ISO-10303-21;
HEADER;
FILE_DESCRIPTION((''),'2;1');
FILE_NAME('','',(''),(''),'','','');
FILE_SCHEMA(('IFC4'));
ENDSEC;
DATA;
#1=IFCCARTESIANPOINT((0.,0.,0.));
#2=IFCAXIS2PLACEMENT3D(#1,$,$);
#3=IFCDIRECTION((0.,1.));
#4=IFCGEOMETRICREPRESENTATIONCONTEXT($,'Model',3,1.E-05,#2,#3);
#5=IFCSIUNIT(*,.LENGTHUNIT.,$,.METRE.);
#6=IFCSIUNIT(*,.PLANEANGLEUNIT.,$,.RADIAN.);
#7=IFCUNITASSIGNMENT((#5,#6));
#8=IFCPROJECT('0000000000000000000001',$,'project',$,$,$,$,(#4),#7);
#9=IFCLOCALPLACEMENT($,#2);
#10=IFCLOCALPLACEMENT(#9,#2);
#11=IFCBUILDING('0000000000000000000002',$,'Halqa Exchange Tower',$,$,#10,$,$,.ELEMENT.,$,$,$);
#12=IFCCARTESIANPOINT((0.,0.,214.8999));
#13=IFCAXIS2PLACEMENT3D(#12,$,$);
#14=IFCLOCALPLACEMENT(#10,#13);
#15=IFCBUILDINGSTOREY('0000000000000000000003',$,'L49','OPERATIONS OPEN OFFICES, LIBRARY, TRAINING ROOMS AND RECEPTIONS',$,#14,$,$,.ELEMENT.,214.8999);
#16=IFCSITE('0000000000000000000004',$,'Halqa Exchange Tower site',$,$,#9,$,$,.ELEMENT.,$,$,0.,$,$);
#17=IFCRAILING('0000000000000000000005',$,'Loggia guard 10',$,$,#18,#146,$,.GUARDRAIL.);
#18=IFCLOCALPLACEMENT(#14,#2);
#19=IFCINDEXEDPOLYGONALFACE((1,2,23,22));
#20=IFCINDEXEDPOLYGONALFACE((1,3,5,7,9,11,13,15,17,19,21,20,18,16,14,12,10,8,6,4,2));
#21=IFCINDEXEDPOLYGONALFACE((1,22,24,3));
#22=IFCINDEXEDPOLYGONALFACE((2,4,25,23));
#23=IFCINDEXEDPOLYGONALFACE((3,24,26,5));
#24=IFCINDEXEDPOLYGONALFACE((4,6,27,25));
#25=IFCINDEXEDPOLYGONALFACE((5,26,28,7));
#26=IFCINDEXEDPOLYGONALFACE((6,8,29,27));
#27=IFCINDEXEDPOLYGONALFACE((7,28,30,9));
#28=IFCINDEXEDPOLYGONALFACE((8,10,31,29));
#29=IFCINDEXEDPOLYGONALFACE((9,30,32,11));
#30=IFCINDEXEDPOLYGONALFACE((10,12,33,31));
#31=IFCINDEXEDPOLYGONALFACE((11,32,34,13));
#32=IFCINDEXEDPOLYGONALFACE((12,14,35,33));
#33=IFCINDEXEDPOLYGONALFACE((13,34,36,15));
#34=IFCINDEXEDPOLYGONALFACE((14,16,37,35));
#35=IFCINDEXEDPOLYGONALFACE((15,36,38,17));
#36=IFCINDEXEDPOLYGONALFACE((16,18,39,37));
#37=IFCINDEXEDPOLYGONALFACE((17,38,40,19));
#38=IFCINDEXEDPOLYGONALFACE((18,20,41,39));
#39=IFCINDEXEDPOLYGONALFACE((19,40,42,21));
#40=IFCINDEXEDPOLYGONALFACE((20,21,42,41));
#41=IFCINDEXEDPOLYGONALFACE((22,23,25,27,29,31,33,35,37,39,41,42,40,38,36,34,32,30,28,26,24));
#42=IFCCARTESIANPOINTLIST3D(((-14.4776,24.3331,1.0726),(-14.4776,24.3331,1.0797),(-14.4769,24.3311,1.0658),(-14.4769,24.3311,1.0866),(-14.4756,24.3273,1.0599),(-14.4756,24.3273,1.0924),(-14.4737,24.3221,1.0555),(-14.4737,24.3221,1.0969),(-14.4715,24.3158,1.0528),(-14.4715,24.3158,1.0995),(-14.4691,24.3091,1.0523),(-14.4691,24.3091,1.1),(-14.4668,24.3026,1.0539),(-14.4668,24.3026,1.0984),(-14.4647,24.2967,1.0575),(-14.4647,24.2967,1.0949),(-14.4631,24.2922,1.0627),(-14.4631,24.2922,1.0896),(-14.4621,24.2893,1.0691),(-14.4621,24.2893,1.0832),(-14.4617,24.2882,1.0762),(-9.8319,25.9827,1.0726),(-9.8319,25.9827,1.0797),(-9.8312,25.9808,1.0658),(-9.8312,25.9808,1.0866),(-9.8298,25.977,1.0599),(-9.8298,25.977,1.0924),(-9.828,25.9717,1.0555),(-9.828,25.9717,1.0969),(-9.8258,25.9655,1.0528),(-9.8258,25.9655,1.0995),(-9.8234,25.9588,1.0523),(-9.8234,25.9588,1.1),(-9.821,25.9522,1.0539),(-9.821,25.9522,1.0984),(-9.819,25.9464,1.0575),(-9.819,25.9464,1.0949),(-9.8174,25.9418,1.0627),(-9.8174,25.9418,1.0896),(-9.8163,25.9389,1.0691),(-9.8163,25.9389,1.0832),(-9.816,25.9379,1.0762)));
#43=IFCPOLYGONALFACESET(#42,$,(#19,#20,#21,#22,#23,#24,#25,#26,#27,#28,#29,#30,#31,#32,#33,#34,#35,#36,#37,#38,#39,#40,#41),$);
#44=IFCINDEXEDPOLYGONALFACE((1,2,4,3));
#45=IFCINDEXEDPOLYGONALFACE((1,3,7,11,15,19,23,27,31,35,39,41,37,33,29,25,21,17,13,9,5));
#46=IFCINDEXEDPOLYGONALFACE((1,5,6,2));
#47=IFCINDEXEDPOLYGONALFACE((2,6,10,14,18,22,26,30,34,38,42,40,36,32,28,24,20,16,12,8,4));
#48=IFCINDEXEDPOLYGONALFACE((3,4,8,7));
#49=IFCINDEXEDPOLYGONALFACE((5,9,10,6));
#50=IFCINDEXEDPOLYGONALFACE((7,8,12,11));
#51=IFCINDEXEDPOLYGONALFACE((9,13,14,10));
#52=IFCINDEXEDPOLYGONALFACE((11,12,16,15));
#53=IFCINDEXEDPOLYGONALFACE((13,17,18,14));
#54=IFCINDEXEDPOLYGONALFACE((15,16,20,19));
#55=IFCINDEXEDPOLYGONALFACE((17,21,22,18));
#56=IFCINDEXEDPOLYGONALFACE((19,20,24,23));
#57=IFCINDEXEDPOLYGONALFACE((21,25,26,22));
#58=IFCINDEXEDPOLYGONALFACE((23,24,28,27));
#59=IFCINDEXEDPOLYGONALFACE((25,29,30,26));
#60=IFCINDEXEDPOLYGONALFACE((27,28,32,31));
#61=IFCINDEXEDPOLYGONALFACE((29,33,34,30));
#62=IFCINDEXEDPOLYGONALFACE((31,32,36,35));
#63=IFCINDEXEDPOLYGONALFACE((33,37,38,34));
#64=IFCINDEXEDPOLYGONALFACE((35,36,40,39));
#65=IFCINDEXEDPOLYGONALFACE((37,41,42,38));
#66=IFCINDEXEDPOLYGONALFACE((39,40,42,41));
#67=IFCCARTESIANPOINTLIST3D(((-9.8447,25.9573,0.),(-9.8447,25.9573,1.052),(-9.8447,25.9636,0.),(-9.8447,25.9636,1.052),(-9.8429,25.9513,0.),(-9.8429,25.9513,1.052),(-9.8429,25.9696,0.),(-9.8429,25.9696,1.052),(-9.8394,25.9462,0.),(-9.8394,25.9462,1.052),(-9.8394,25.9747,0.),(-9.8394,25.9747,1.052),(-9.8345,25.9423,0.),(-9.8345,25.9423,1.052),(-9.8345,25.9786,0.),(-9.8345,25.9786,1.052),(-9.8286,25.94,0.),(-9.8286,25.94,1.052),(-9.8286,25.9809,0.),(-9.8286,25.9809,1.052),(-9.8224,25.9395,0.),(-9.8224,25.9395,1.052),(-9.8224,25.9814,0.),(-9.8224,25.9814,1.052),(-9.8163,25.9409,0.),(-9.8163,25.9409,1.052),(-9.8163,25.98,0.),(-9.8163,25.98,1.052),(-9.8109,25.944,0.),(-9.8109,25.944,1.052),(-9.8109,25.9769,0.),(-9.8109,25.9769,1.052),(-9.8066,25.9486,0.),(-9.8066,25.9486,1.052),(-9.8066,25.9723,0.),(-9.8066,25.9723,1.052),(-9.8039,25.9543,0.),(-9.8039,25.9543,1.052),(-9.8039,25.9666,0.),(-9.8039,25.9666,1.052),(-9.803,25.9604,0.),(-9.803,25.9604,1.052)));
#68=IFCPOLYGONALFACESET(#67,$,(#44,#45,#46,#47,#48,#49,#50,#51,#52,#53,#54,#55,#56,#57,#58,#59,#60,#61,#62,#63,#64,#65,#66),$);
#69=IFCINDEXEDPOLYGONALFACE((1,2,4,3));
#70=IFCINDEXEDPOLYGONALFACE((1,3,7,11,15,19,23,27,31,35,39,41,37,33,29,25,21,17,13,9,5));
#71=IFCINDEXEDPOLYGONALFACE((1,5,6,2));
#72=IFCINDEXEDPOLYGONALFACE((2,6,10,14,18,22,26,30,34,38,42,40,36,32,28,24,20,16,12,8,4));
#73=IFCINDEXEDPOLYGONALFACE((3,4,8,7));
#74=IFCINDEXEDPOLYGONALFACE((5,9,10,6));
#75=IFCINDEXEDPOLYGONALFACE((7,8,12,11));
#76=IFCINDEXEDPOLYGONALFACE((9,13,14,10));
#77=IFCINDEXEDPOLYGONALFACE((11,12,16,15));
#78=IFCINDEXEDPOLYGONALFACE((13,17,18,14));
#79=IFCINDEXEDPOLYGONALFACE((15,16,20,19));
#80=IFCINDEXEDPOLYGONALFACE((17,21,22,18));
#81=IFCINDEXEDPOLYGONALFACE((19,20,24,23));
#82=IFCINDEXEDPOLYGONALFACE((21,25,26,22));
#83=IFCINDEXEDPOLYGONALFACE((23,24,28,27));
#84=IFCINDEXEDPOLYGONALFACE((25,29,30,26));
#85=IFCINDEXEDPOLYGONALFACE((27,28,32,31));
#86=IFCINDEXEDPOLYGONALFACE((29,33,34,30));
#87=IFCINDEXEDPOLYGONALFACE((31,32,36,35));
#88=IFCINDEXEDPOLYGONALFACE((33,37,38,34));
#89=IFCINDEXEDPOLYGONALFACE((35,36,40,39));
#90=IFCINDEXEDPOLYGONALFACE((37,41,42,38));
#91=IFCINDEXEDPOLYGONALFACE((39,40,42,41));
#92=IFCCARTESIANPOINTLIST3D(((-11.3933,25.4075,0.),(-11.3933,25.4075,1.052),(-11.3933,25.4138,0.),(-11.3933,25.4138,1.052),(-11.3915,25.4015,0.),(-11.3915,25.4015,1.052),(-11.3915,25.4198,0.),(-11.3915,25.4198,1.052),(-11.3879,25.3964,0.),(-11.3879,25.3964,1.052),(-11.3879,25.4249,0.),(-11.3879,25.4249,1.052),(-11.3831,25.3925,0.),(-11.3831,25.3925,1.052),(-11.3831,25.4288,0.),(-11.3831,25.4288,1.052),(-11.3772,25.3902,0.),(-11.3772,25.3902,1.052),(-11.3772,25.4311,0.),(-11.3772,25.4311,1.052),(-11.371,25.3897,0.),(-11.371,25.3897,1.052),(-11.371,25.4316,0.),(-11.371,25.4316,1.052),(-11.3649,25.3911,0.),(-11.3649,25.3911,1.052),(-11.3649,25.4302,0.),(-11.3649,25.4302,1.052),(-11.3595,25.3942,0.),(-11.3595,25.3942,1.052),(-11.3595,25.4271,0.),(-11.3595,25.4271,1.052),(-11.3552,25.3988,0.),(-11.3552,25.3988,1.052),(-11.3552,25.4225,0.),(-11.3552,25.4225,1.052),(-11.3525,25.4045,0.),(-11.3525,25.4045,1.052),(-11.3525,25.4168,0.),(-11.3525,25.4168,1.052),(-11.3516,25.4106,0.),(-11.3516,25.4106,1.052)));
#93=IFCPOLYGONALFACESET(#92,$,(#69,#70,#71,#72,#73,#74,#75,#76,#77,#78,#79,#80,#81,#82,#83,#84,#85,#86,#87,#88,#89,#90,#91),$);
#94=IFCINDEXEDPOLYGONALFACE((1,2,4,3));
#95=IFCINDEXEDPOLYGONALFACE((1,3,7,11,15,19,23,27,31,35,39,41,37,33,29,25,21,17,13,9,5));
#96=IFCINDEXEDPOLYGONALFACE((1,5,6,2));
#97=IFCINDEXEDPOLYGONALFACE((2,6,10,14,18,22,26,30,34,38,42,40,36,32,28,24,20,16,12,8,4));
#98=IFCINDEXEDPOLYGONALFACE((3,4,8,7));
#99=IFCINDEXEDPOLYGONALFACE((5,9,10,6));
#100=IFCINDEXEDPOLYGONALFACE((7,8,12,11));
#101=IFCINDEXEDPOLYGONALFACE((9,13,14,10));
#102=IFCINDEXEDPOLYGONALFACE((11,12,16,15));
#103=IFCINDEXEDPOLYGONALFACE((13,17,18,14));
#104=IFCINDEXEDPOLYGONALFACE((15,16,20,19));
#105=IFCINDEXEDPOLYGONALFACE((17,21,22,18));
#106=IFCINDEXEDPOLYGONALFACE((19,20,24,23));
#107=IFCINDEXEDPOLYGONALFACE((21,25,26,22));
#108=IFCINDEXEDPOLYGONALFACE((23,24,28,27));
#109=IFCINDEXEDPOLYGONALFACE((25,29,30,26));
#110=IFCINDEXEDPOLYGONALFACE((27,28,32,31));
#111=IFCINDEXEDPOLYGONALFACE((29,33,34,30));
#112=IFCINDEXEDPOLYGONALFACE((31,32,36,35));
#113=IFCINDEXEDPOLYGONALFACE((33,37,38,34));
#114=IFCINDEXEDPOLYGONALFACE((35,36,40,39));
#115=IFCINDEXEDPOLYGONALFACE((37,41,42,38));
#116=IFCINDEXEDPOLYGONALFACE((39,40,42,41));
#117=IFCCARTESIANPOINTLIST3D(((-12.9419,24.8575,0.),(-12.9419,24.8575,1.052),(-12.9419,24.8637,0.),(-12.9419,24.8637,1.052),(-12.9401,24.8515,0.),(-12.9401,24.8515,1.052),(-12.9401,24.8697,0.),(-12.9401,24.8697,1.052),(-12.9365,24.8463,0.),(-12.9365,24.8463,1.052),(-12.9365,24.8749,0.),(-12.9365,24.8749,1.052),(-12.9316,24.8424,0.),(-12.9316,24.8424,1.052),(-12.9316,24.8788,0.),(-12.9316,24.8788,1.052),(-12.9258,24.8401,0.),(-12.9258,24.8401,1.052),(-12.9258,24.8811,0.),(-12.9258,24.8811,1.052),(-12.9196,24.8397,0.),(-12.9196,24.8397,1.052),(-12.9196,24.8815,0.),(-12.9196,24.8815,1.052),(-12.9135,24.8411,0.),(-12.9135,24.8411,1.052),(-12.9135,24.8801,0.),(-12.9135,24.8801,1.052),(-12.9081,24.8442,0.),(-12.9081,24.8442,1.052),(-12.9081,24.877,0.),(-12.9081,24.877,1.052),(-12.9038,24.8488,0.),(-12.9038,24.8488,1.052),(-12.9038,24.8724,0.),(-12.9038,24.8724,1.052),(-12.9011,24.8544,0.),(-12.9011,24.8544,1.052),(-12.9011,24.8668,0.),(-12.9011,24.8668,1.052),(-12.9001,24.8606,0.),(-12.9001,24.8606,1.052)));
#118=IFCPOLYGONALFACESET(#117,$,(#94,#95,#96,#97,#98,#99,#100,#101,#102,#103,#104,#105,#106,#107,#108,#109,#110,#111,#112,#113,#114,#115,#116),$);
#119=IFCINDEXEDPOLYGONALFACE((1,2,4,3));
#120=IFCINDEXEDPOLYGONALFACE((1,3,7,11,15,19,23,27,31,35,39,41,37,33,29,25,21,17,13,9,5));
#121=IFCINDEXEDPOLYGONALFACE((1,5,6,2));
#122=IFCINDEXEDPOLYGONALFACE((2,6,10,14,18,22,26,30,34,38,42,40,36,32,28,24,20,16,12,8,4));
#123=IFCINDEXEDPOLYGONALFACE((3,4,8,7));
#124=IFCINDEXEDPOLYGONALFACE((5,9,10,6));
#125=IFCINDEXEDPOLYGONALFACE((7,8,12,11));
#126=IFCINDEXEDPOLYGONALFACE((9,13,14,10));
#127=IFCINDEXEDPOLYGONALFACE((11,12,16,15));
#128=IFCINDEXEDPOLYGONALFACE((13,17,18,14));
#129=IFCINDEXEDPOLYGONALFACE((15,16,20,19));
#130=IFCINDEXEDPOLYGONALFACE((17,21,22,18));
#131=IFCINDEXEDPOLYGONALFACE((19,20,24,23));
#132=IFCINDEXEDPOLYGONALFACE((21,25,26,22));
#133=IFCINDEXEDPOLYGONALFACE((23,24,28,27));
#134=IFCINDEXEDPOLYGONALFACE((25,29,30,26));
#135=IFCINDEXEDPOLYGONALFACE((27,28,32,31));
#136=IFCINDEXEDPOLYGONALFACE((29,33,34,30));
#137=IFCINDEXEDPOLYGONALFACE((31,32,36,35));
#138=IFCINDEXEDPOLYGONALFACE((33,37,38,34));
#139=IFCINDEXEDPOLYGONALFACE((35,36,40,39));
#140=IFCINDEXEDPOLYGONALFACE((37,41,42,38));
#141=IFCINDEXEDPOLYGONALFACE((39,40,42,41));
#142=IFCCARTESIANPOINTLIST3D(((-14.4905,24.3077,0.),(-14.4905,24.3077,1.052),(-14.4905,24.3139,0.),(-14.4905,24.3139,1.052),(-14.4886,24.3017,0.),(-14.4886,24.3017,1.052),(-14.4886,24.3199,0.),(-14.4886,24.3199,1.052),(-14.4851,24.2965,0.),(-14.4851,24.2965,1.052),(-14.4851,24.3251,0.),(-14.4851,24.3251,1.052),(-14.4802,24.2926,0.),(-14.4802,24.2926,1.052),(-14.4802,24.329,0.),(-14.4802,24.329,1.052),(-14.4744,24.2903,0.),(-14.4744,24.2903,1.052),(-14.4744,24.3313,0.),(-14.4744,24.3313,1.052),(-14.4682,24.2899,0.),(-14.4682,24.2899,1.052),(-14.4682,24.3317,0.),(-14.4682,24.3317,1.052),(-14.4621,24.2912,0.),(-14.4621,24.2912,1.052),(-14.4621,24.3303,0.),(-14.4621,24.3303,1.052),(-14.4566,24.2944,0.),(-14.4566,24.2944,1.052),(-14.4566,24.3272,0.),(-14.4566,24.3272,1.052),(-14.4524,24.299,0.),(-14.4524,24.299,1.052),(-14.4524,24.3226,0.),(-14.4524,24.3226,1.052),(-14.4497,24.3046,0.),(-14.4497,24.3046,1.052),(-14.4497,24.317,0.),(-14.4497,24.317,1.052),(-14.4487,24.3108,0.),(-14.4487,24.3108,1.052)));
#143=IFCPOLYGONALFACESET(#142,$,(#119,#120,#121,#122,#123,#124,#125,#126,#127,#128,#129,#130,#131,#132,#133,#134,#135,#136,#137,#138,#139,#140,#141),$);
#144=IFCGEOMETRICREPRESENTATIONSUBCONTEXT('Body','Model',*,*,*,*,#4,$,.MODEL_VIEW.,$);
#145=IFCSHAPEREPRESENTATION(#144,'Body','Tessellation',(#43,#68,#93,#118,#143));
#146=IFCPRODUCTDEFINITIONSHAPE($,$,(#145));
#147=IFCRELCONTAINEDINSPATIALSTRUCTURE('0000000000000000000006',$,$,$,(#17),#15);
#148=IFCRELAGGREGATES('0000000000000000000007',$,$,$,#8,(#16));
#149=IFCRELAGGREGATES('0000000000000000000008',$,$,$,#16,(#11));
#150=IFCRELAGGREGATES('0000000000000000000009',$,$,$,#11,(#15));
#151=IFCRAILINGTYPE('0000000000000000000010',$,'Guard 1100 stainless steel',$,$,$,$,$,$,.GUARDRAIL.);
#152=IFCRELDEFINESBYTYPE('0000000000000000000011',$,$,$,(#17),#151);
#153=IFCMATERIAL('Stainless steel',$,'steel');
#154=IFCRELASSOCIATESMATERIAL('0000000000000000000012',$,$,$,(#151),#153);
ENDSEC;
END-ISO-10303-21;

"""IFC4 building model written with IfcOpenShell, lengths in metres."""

from ifc_helpers import new_model, si_unit, direction, frame, origin, origin_2d, place, context, subcontext, project, spatial, circle, extrude, material, type_object, element, save


model = new_model("IFC4")

# Units and contexts
model_context = context("Model", 3, precision=1e-05, world=origin(), true_north=direction((0.0, 1.0)))
body_context = subcontext(model_context, "Body", "Model", "MODEL_VIEW")
ifc_project = project(units=[si_unit("LENGTHUNIT", "METRE"), si_unit("PLANEANGLEUNIT", "RADIAN")], contexts=[model_context])

# Site, building, storey
site_placement = place(None, origin())
site = spatial("IfcSite", under=ifc_project, at=site_placement, Name="Halqa Exchange Tower site", CompositionType="ELEMENT", RefElevation=0.0)
building_placement = place(site_placement, origin())
building = spatial("IfcBuilding", under=site, at=building_placement, Name="Halqa Exchange Tower", CompositionType="ELEMENT")
storey_placement = place(building_placement, frame((0.0, 0.0, 214.8999)))
storey = spatial("IfcBuildingStorey", under=building, at=storey_placement, Name="L49", Description="OPERATIONS OPEN OFFICES, LIBRARY, TRAINING ROOMS AND RECEPTIONS", CompositionType="ELEMENT", Elevation=214.8999)

# Railing
ifc_material_1 = material(Name="Stainless steel", Category="steel")
railing_type_1 = type_object("IfcRailingType", Name="Guard 1100 stainless steel", PredefinedType="GUARDRAIL", material=ifc_material_1)
railing_1_placement = place(storey_placement, frame((-9.824, 25.9604, 0.0)))
element("IfcRailing", 1, at=railing_1_placement, inside=storey, type_object=railing_type_1, Name="Loggia guard 10", PredefinedType="GUARDRAIL", context=body_context, shape_type="SweptSolid", body=[
    extrude(circle(Radius=0.0239, at=origin_2d()), frame((0.0, 0.0, 1.0762), z_axis=(-0.942353, -0.33462, 0.0), x_axis=(0.33462, -0.942353, 0.0)), (0.0, 0.0, 1.0), 4.9299),
    extrude(circle(Radius=0.021, at=origin_2d()), origin(), (0.0, 0.0, 1.0), 1.052),
    extrude(circle(Radius=0.021, at=origin_2d()), frame((-1.5486, -0.5498, 0.0)), (0.0, 0.0, 1.0), 1.052),
    extrude(circle(Radius=0.021, at=origin_2d()), frame((-3.0972, -1.0999, 0.0)), (0.0, 0.0, 1.0), 1.052),
    extrude(circle(Radius=0.021, at=origin_2d()), frame((-4.6458, -1.6497, 0.0)), (0.0, 0.0, 1.0), 1.052),
])

save(model, "model.ifc")
